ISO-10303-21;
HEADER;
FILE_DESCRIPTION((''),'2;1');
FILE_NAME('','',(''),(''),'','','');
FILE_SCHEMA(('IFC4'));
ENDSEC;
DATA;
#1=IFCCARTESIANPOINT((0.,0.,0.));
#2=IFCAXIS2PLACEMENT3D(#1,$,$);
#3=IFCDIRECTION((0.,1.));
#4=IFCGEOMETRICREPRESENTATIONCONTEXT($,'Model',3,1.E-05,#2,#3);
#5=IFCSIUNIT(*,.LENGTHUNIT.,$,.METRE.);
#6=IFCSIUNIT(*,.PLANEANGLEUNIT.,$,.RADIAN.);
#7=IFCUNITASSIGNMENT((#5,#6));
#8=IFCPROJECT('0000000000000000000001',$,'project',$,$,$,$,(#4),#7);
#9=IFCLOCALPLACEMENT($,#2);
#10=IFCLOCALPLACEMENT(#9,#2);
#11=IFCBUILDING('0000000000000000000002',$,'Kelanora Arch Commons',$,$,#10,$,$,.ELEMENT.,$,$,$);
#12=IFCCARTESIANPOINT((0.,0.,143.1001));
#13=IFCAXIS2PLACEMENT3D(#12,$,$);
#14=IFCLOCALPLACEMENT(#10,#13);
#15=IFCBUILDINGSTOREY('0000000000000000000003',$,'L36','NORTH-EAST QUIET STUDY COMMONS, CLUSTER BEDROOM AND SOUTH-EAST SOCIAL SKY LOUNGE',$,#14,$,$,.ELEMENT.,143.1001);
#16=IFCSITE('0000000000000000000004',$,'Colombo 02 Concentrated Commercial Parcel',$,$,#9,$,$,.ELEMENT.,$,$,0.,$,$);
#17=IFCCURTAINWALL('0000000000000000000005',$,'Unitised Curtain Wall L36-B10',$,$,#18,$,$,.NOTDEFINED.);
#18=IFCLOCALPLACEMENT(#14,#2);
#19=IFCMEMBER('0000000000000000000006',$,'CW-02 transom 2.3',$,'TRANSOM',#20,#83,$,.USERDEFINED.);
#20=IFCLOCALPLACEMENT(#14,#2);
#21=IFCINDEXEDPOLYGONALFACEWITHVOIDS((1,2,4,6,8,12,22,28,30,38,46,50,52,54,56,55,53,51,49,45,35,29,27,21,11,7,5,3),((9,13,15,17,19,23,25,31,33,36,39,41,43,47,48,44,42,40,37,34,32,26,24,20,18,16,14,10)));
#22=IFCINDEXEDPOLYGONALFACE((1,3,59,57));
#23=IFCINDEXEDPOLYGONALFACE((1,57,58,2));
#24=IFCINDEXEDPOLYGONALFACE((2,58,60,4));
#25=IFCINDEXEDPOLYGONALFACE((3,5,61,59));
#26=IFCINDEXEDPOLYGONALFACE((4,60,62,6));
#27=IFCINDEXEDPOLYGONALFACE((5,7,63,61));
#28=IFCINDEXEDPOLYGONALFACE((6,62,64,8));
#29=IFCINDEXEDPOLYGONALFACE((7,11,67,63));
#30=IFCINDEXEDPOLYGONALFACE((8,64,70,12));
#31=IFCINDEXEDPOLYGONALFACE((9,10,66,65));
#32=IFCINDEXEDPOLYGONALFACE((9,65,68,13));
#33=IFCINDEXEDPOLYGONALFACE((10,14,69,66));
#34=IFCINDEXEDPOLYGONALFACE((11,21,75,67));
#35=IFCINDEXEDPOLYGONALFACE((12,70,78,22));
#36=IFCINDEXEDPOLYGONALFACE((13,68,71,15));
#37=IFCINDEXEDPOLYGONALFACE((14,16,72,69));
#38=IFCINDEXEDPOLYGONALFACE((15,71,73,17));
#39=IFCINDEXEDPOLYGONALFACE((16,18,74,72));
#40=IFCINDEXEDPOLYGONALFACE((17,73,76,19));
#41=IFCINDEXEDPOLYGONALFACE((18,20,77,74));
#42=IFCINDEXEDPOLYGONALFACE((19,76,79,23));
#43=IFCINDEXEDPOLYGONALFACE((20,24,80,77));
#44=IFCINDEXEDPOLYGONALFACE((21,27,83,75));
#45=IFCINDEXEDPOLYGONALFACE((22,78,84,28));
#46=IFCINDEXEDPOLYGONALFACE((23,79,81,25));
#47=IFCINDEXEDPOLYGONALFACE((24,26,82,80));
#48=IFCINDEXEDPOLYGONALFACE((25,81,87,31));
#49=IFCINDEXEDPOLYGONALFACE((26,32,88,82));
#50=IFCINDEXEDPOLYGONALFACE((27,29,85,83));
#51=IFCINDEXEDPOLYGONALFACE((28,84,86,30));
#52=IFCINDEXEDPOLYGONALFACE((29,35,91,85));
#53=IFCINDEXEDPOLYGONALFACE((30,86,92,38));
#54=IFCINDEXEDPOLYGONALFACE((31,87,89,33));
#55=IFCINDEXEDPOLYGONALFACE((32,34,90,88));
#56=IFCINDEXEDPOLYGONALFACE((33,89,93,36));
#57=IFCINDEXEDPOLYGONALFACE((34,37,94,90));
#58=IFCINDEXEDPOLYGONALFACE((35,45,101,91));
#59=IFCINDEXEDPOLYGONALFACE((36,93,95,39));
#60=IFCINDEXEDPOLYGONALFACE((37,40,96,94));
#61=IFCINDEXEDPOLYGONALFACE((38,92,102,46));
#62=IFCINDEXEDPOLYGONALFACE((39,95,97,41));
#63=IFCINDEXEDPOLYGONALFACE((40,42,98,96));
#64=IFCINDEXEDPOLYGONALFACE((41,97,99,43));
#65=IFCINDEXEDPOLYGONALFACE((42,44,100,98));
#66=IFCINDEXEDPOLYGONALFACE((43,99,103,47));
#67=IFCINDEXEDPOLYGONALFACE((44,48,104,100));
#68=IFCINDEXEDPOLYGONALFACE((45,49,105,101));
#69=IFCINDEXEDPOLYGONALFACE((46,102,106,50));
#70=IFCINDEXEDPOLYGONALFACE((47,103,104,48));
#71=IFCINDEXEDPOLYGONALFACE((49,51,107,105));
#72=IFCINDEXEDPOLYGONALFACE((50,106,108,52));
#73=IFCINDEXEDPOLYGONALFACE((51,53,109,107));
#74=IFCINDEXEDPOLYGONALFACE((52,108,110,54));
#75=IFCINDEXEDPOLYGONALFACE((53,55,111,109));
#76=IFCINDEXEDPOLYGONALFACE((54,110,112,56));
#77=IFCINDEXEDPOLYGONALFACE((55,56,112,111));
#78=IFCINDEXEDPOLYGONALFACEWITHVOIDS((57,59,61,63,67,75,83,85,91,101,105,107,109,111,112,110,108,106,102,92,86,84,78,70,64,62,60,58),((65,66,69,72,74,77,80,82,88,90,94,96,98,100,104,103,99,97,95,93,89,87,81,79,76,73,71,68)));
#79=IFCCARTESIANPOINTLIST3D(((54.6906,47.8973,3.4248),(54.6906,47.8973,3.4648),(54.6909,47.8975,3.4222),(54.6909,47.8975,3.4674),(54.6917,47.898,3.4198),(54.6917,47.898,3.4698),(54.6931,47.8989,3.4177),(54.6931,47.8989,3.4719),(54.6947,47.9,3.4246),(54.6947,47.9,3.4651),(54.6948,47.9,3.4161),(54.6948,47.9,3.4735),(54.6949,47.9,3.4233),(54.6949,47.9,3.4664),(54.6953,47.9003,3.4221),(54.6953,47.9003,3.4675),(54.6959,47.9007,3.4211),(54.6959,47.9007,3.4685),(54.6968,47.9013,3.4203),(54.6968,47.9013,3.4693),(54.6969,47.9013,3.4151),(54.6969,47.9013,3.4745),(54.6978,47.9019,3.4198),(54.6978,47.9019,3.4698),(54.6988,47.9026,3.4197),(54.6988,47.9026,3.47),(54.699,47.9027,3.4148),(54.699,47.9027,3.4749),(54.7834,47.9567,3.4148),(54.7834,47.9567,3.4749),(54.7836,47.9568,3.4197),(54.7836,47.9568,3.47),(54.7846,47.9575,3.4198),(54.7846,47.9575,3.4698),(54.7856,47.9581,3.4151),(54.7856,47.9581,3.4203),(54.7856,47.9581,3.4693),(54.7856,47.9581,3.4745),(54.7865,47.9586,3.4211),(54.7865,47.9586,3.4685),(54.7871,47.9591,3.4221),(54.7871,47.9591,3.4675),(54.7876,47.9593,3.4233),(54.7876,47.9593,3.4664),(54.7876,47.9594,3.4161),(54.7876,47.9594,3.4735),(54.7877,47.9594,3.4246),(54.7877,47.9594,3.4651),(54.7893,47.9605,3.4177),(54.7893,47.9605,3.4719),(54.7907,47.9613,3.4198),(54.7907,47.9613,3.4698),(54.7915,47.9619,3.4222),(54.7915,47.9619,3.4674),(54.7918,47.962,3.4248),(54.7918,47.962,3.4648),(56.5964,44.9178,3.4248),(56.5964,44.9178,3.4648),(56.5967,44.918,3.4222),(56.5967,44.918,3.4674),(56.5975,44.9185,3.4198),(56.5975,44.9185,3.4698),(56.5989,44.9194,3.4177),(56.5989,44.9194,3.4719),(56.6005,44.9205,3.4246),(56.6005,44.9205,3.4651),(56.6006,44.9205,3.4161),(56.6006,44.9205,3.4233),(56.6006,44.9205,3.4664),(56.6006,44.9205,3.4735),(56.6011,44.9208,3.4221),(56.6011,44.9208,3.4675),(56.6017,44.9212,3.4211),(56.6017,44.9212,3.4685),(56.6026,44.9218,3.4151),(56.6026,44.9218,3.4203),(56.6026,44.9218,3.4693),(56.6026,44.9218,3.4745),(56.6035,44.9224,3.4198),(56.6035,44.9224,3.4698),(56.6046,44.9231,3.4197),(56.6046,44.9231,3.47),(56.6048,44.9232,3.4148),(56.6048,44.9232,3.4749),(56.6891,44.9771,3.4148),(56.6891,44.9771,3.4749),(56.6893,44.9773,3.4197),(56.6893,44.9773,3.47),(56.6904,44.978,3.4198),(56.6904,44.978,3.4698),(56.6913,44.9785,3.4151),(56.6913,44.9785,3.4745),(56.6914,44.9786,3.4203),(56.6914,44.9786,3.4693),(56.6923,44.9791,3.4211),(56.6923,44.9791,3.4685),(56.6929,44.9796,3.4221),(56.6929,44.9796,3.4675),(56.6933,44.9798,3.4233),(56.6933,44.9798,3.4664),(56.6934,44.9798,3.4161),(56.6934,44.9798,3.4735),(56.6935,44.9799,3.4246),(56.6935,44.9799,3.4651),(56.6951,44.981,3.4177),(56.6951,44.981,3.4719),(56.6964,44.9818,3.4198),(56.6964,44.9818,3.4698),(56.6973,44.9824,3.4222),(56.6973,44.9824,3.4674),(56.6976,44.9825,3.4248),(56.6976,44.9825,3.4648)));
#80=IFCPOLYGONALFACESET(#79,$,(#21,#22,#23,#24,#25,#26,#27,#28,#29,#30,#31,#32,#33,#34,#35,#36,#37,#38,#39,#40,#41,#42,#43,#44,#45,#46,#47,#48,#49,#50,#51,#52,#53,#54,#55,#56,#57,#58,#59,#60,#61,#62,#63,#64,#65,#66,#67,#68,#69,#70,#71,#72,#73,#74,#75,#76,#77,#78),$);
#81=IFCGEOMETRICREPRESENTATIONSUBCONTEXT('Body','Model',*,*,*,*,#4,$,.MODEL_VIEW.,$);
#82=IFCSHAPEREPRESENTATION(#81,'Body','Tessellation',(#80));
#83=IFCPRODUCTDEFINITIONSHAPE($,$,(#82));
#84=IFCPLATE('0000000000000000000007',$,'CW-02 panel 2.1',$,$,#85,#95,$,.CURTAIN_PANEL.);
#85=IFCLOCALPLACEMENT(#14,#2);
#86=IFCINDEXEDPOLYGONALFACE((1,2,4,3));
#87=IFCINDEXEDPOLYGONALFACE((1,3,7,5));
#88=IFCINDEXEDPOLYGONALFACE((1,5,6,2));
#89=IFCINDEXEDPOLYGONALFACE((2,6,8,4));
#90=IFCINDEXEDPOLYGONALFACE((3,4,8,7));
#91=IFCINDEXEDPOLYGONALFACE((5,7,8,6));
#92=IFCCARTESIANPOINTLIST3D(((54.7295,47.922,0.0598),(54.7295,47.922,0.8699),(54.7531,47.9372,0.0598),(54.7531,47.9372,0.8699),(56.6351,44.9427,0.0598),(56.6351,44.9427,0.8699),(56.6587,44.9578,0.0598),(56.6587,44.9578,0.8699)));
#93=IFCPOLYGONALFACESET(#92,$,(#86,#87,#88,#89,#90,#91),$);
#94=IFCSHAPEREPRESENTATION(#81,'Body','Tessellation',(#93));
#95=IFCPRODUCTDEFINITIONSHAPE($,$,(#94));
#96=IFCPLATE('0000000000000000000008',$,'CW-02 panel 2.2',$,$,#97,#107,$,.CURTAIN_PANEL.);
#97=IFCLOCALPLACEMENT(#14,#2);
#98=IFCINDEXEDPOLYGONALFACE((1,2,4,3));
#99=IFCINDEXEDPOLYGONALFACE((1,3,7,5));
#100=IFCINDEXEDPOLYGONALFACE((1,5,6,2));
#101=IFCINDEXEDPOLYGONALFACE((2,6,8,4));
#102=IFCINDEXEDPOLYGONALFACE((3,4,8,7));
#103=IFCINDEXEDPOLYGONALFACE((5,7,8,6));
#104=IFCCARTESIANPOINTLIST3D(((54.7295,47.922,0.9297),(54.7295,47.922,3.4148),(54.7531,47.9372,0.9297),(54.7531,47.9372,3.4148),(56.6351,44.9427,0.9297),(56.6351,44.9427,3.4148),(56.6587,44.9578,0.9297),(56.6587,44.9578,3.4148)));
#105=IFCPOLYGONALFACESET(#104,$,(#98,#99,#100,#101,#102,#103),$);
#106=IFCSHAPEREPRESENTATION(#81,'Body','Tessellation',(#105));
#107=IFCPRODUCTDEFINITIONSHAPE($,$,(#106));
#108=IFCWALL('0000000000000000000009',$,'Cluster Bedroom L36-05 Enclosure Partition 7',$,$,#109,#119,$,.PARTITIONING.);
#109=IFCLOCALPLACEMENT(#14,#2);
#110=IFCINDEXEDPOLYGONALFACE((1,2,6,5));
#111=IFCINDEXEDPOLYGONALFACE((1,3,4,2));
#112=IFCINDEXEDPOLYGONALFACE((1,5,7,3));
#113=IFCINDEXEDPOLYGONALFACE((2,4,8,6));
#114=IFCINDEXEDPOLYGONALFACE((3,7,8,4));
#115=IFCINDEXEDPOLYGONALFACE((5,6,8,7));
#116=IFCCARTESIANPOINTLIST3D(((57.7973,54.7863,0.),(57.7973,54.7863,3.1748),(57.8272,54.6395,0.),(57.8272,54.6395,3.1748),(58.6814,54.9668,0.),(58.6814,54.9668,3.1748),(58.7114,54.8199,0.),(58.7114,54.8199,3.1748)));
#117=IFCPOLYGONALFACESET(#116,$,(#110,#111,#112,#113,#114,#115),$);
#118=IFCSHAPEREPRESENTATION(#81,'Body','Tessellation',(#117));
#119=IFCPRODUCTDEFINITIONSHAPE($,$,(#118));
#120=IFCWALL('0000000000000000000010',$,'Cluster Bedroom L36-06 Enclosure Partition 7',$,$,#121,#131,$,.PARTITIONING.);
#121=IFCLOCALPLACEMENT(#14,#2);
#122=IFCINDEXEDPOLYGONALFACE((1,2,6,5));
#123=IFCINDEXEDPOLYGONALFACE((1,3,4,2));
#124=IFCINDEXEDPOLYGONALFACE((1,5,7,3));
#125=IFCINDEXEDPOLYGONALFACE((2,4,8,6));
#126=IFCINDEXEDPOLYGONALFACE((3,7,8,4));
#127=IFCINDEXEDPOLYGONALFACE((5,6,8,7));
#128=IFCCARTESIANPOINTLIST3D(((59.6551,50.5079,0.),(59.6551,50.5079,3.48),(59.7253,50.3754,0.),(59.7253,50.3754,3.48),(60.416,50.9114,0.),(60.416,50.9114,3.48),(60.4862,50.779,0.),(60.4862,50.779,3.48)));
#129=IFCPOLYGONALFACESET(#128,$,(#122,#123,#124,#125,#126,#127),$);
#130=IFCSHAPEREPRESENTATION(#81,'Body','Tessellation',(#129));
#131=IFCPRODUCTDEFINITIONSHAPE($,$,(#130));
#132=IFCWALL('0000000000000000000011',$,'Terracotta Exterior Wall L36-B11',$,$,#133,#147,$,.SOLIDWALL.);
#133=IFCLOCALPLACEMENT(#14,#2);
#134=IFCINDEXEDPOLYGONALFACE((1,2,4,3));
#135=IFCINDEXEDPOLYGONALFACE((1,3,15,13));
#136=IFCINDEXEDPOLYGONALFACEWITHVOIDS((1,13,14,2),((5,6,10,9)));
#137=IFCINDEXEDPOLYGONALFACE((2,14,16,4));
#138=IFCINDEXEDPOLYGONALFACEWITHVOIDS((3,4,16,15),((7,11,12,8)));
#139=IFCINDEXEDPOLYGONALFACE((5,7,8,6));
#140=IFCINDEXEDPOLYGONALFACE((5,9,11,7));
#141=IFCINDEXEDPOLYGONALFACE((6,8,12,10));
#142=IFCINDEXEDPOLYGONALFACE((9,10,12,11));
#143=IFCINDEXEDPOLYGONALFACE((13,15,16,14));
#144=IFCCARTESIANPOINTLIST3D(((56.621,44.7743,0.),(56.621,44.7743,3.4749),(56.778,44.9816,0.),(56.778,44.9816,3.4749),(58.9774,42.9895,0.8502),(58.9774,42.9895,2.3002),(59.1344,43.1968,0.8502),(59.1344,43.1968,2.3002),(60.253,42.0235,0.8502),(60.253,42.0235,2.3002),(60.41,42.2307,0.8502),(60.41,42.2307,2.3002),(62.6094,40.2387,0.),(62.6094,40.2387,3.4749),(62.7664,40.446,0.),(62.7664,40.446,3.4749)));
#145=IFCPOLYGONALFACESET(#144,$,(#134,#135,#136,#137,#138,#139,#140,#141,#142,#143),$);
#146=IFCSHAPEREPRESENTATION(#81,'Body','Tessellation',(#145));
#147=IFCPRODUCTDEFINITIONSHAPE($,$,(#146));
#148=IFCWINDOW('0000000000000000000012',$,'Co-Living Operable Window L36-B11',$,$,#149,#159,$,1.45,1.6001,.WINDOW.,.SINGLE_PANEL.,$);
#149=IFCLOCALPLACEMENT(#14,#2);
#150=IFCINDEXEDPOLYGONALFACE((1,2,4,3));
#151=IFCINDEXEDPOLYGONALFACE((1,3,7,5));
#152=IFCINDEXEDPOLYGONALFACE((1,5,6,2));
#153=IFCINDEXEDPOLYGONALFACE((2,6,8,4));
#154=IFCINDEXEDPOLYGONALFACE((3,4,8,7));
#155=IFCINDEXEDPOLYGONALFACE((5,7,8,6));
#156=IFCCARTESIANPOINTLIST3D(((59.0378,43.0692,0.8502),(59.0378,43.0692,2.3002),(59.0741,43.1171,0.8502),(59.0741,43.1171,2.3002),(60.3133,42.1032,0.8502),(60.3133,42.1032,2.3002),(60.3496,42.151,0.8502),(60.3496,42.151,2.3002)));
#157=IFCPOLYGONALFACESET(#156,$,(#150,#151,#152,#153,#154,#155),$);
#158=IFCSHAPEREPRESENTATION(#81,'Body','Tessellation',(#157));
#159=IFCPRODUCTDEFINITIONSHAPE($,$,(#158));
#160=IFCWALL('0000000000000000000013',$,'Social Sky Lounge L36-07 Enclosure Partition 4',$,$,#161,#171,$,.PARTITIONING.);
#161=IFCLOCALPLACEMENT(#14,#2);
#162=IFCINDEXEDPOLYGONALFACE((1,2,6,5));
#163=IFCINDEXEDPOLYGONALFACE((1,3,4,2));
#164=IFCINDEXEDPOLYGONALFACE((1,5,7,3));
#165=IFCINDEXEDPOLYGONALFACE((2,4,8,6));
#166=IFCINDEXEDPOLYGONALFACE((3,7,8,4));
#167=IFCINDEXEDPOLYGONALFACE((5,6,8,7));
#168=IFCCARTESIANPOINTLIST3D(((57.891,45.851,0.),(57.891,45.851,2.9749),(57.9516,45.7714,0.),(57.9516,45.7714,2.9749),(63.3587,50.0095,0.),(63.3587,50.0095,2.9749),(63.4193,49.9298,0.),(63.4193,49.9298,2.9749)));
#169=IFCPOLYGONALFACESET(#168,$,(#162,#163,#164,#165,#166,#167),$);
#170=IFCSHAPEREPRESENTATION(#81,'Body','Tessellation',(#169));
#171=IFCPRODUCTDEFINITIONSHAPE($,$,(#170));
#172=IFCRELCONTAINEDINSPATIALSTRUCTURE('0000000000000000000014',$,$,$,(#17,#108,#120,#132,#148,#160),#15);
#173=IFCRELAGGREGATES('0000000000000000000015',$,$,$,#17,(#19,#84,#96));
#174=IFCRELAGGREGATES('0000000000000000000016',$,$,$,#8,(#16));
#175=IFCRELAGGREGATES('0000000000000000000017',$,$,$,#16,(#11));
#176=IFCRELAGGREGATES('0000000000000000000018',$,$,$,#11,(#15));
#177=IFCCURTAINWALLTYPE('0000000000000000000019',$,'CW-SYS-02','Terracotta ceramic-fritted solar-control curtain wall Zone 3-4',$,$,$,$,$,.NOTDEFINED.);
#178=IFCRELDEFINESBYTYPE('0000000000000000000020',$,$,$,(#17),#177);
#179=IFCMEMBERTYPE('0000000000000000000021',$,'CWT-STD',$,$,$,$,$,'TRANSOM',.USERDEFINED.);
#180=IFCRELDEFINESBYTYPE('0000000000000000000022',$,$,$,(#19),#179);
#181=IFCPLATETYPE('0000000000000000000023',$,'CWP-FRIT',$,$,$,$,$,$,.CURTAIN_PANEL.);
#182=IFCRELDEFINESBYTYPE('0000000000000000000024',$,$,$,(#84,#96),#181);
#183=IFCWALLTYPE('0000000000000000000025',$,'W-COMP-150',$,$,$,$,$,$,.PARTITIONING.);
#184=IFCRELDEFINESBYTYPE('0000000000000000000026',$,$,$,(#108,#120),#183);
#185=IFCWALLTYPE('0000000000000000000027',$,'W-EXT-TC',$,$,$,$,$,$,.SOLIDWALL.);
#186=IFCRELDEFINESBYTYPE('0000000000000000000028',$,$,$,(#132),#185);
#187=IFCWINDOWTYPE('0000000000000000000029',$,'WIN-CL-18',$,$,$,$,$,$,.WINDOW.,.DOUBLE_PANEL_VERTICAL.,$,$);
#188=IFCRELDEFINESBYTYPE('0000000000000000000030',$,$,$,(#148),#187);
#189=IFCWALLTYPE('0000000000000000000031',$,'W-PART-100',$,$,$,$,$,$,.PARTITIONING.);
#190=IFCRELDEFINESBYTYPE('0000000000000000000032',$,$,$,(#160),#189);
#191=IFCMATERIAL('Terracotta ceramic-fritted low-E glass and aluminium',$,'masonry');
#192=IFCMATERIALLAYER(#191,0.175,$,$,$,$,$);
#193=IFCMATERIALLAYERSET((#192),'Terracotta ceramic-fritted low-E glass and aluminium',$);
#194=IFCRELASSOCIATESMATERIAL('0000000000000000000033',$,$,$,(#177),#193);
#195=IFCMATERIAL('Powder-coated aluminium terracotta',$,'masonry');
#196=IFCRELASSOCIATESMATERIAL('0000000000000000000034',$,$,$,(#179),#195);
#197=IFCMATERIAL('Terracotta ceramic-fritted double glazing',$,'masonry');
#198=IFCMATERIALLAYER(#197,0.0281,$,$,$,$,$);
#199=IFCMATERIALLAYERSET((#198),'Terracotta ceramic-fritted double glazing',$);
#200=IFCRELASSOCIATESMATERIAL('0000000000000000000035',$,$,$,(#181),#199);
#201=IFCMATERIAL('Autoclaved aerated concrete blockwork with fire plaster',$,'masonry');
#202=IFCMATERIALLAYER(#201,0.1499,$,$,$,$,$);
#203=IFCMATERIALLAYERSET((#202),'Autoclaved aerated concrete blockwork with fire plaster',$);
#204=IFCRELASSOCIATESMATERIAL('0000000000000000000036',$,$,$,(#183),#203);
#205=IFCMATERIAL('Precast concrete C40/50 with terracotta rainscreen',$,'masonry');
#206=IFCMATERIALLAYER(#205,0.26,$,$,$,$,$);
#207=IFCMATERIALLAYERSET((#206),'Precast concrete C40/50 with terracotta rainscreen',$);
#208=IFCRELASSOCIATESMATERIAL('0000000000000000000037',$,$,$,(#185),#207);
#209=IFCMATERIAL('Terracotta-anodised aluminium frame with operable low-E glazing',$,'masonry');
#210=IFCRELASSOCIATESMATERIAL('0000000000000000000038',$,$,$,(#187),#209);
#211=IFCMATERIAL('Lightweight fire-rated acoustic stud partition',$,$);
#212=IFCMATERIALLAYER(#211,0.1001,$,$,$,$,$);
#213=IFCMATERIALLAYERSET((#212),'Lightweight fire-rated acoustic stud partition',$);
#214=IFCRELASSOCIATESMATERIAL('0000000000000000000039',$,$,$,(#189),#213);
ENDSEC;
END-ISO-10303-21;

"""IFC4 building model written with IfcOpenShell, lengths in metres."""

from ifc_helpers import new_model, si_unit, direction, frame, frame_2d, origin, origin_2d, place, context, subcontext, project, spatial, rectangle, hollow_rectangle, extrude, source, transform, mapped, material, layer, layer_set, material_profile, profile_set, type_object, element, fill, aggregate, save


model = new_model("IFC4")

# Units and contexts
model_context = context("Model", 3, precision=1e-05, world=origin(), true_north=direction((0.0, 1.0)))
body_context = subcontext(model_context, "Body", "Model", "MODEL_VIEW")
ifc_project = project(units=[si_unit("LENGTHUNIT", "METRE"), si_unit("PLANEANGLEUNIT", "RADIAN")], contexts=[model_context])

# Site, building, storey
site_placement = place(None, origin())
site = spatial("IfcSite", under=ifc_project, at=site_placement, Name="Colombo 02 Concentrated Commercial Parcel", CompositionType="ELEMENT", RefElevation=0.0)
building_placement = place(site_placement, origin())
building = spatial("IfcBuilding", under=site, at=building_placement, Name="Kelanora Arch Commons", CompositionType="ELEMENT")
storey_placement = place(building_placement, frame((0.0, 0.0, 143.1001)))
storey = spatial("IfcBuildingStorey", under=building, at=storey_placement, Name="L36", Description="NORTH-EAST QUIET STUDY COMMONS, CLUSTER BEDROOM AND SOUTH-EAST SOCIAL SKY LOUNGE", CompositionType="ELEMENT", Elevation=143.1001)

# Curtain wall, member, plates
ifc_material_1 = material(Name="Terracotta ceramic-fritted low-E glass and aluminium", Category="masonry")
ifc_layer_1 = layer(ifc_material_1, 0.175)
ifc_layer_set_1 = layer_set([ifc_layer_1], Name="Terracotta ceramic-fritted low-E glass and aluminium")
curtain_wall_type = type_object("IfcCurtainWallType", Name="CW-SYS-02", Description="Terracotta ceramic-fritted solar-control curtain wall Zone 3-4", PredefinedType="NOTDEFINED", material=ifc_layer_set_1)
curtain_wall_placement = place(storey_placement, origin())
curtain_wall = element("IfcCurtainWall", 1, at=curtain_wall_placement, inside=storey, type_object=curtain_wall_type, Name="Unitised Curtain Wall L36-B10", PredefinedType="NOTDEFINED")
ifc_material_2 = material(Name="Powder-coated aluminium terracotta", Category="masonry")
ifc_material_profile_1 = material_profile(ifc_material_2, hollow_rectangle(XDim=0.1201, YDim=0.0601, WallThickness=0.0049, InnerFilletRadius=0.0049, OuterFilletRadius=0.01, at=origin_2d()), Name="CWT120x60")
ifc_profile_set_1 = profile_set([ifc_material_profile_1], Name="Powder-coated aluminium terracotta")
member_type_1 = type_object("IfcMemberType", Name="CWT-STD", ElementType="TRANSOM", PredefinedType="USERDEFINED", material=ifc_profile_set_1)
member_1_placement = place(storey_placement, frame((54.7412, 47.9297, 3.4448), z_axis=(0.53883, -0.842414, 0.0), x_axis=(0.842414, 0.53883, 0.0)))
member_1 = element("IfcMember", 2, at=member_1_placement, type_object=member_type_1, Name="CW-02 transom 2.3", ObjectType="TRANSOM", PredefinedType="USERDEFINED", context=body_context, shape_type="SweptSolid", body=[
    extrude(hollow_rectangle(XDim=0.1201, YDim=0.0601, WallThickness=0.0049, InnerFilletRadius=0.0049, OuterFilletRadius=0.01, at=origin_2d()), origin(), (0.0, 0.0, 1.0), 3.5369),
])
ifc_material_3 = material(Name="Terracotta ceramic-fritted double glazing", Category="masonry")
ifc_layer_2 = layer(ifc_material_3, 0.0281)
ifc_layer_set_2 = layer_set([ifc_layer_2], Name="Terracotta ceramic-fritted double glazing")
plate_type = type_object("IfcPlateType", Name="CWP-FRIT", PredefinedType="CURTAIN_PANEL", material=ifc_layer_set_2)
shared_shape_1 = source(origin(), body_context, "Body", "SweptSolid", [
    extrude(rectangle(XDim=3.5366, YDim=0.0281, at=origin_2d()), origin(), (0.0, 0.0, 1.0), 0.8101),
])
plate_1_placement = place(storey_placement, frame((55.6941, 46.4399, 0.0598), z_axis=(0.0, 0.0, 1.0), x_axis=(0.538817, -0.842423, 0.0)))
plate_1 = element("IfcPlate", 3, at=plate_1_placement, type_object=plate_type, Name="CW-02 panel 2.1", PredefinedType="CURTAIN_PANEL", context=body_context, shape_type="MappedRepresentation", body=[
    mapped(shared_shape_1, transform((0.0, 0.0, 0.0), scale=1.0)),
])
shared_shape_2 = source(origin(), body_context, "Body", "SweptSolid", [
    extrude(rectangle(XDim=3.5366, YDim=0.0281, at=origin_2d()), origin(), (0.0, 0.0, 1.0), 2.4851),
])
plate_2_placement = place(storey_placement, frame((55.6941, 46.4399, 0.9297), z_axis=(0.0, 0.0, 1.0), x_axis=(0.538817, -0.842423, 0.0)))
plate_2 = element("IfcPlate", 4, at=plate_2_placement, type_object=plate_type, Name="CW-02 panel 2.2", PredefinedType="CURTAIN_PANEL", context=body_context, shape_type="MappedRepresentation", body=[
    mapped(shared_shape_2, transform((0.0, 0.0, 0.0), scale=1.0)),
])
aggregate(curtain_wall, [member_1, plate_1, plate_2])

# Walls
ifc_material_4 = material(Name="Autoclaved aerated concrete blockwork with fire plaster", Category="masonry")
ifc_layer_3 = layer(ifc_material_4, 0.1499)
ifc_layer_set_3 = layer_set([ifc_layer_3], Name="Autoclaved aerated concrete blockwork with fire plaster")
wall_type_1 = type_object("IfcWallType", Name="W-COMP-150", PredefinedType="PARTITIONING", material=ifc_layer_set_3)
wall_1_placement = place(storey_placement, frame((57.8123, 54.7129, 0.0), z_axis=(0.0, 0.0, 1.0), x_axis=(0.979803, 0.199965, 0.0)))
element("IfcWall", 5, at=wall_1_placement, inside=storey, type_object=wall_type_1, Name="Cluster Bedroom L36-05 Enclosure Partition 7", PredefinedType="PARTITIONING", context=body_context, shape_type="SweptSolid", body=[
    extrude(rectangle(XDim=0.9023, YDim=0.1499, at=frame_2d((0.4512, 0.0))), origin(), (0.0, 0.0, 1.0), 3.1748),
])
wall_2_placement = place(storey_placement, frame((59.6902, 50.4417, 0.0), z_axis=(0.0, 0.0, 1.0), x_axis=(0.883457, 0.468513, 0.0)))
element("IfcWall", 6, at=wall_2_placement, inside=storey, type_object=wall_type_1, Name="Cluster Bedroom L36-06 Enclosure Partition 7", PredefinedType="PARTITIONING", context=body_context, shape_type="SweptSolid", body=[
    extrude(rectangle(XDim=0.8613, YDim=0.1499, at=frame_2d((0.4307, 0.0))), origin(), (0.0, 0.0, 1.0), 3.48),
])

# Wall, opening, window
ifc_material_5 = material(Name="Precast concrete C40/50 with terracotta rainscreen", Category="masonry")
ifc_layer_4 = layer(ifc_material_5, 0.26)
ifc_layer_set_4 = layer_set([ifc_layer_4], Name="Precast concrete C40/50 with terracotta rainscreen")
wall_type_2 = type_object("IfcWallType", Name="W-EXT-TC", PredefinedType="SOLIDWALL", material=ifc_layer_set_4)
wall_3_placement = place(storey_placement, frame((56.6995, 44.8779, 0.0), z_axis=(0.0, 0.0, 1.0), x_axis=(0.797164, -0.603763, 0.0)))
wall_3 = element("IfcWall", 7, at=wall_3_placement, inside=storey, type_object=wall_type_2, Name="Terracotta Exterior Wall L36-B11", PredefinedType="SOLIDWALL", context=body_context, shape_type="SweptSolid", body=[
    extrude(rectangle(XDim=7.5122, YDim=0.26, at=frame_2d((3.7561, 0.0))), origin(), (0.0, 0.0, 1.0), 3.4749),
])
opening_placement = place(wall_3_placement, frame((2.9561, 0.0, 0.8501)))
opening = element("IfcOpeningElement", 8, at=opening_placement, cuts=wall_3, PredefinedType="OPENING", context=body_context, shape_type="SweptSolid", body=[
    extrude(rectangle(XDim=1.6001, YDim=1.45, at=frame_2d((0.8, 0.7251))), frame((0.0, 0.1401, 0.0), z_axis=(0.0, -1.0, 0.0), x_axis=(1.0, 0.0, 0.0)), (0.0, 0.0, 1.0), 0.28),
])
ifc_material_6 = material(Name="Terracotta-anodised aluminium frame with operable low-E glazing", Category="masonry")
window_type = type_object("IfcWindowType", Name="WIN-CL-18", PartitioningType="DOUBLE_PANEL_VERTICAL", PredefinedType="WINDOW", material=ifc_material_6)
window_placement = place(opening_placement, origin())
window = element("IfcWindow", 9, at=window_placement, inside=storey, type_object=window_type, Name="Co-Living Operable Window L36-B11", OverallHeight=1.45, OverallWidth=1.6001, PartitioningType="SINGLE_PANEL", PredefinedType="WINDOW", context=body_context, shape_type="SweptSolid", body=[
    extrude(rectangle(XDim=1.6001, YDim=1.45, at=frame_2d((0.8, 0.7251))), frame((0.0, 0.03, 0.0), z_axis=(0.0, -1.0, 0.0), x_axis=(1.0, 0.0, 0.0)), (0.0, 0.0, 1.0), 0.0601),
])
fill(opening, window)

# Wall
ifc_material_7 = material(Name="Lightweight fire-rated acoustic stud partition")
ifc_layer_5 = layer(ifc_material_7, 0.1001)
ifc_layer_set_5 = layer_set([ifc_layer_5], Name="Lightweight fire-rated acoustic stud partition")
wall_type_3 = type_object("IfcWallType", Name="W-PART-100", PredefinedType="PARTITIONING", material=ifc_layer_set_5)
wall_4_placement = place(storey_placement, frame((57.9214, 45.8113, 0.0), z_axis=(0.0, 0.0, 1.0), x_axis=(0.795956, 0.605354, 0.0)))
element("IfcWall", 10, at=wall_4_placement, inside=storey, type_object=wall_type_3, Name="Social Sky Lounge L36-07 Enclosure Partition 4", PredefinedType="PARTITIONING", context=body_context, shape_type="SweptSolid", body=[
    extrude(rectangle(XDim=6.8694, YDim=0.1001, at=frame_2d((3.4346, 0.0))), origin(), (0.0, 0.0, 1.0), 2.9749),
])

save(model, "model.ifc")
